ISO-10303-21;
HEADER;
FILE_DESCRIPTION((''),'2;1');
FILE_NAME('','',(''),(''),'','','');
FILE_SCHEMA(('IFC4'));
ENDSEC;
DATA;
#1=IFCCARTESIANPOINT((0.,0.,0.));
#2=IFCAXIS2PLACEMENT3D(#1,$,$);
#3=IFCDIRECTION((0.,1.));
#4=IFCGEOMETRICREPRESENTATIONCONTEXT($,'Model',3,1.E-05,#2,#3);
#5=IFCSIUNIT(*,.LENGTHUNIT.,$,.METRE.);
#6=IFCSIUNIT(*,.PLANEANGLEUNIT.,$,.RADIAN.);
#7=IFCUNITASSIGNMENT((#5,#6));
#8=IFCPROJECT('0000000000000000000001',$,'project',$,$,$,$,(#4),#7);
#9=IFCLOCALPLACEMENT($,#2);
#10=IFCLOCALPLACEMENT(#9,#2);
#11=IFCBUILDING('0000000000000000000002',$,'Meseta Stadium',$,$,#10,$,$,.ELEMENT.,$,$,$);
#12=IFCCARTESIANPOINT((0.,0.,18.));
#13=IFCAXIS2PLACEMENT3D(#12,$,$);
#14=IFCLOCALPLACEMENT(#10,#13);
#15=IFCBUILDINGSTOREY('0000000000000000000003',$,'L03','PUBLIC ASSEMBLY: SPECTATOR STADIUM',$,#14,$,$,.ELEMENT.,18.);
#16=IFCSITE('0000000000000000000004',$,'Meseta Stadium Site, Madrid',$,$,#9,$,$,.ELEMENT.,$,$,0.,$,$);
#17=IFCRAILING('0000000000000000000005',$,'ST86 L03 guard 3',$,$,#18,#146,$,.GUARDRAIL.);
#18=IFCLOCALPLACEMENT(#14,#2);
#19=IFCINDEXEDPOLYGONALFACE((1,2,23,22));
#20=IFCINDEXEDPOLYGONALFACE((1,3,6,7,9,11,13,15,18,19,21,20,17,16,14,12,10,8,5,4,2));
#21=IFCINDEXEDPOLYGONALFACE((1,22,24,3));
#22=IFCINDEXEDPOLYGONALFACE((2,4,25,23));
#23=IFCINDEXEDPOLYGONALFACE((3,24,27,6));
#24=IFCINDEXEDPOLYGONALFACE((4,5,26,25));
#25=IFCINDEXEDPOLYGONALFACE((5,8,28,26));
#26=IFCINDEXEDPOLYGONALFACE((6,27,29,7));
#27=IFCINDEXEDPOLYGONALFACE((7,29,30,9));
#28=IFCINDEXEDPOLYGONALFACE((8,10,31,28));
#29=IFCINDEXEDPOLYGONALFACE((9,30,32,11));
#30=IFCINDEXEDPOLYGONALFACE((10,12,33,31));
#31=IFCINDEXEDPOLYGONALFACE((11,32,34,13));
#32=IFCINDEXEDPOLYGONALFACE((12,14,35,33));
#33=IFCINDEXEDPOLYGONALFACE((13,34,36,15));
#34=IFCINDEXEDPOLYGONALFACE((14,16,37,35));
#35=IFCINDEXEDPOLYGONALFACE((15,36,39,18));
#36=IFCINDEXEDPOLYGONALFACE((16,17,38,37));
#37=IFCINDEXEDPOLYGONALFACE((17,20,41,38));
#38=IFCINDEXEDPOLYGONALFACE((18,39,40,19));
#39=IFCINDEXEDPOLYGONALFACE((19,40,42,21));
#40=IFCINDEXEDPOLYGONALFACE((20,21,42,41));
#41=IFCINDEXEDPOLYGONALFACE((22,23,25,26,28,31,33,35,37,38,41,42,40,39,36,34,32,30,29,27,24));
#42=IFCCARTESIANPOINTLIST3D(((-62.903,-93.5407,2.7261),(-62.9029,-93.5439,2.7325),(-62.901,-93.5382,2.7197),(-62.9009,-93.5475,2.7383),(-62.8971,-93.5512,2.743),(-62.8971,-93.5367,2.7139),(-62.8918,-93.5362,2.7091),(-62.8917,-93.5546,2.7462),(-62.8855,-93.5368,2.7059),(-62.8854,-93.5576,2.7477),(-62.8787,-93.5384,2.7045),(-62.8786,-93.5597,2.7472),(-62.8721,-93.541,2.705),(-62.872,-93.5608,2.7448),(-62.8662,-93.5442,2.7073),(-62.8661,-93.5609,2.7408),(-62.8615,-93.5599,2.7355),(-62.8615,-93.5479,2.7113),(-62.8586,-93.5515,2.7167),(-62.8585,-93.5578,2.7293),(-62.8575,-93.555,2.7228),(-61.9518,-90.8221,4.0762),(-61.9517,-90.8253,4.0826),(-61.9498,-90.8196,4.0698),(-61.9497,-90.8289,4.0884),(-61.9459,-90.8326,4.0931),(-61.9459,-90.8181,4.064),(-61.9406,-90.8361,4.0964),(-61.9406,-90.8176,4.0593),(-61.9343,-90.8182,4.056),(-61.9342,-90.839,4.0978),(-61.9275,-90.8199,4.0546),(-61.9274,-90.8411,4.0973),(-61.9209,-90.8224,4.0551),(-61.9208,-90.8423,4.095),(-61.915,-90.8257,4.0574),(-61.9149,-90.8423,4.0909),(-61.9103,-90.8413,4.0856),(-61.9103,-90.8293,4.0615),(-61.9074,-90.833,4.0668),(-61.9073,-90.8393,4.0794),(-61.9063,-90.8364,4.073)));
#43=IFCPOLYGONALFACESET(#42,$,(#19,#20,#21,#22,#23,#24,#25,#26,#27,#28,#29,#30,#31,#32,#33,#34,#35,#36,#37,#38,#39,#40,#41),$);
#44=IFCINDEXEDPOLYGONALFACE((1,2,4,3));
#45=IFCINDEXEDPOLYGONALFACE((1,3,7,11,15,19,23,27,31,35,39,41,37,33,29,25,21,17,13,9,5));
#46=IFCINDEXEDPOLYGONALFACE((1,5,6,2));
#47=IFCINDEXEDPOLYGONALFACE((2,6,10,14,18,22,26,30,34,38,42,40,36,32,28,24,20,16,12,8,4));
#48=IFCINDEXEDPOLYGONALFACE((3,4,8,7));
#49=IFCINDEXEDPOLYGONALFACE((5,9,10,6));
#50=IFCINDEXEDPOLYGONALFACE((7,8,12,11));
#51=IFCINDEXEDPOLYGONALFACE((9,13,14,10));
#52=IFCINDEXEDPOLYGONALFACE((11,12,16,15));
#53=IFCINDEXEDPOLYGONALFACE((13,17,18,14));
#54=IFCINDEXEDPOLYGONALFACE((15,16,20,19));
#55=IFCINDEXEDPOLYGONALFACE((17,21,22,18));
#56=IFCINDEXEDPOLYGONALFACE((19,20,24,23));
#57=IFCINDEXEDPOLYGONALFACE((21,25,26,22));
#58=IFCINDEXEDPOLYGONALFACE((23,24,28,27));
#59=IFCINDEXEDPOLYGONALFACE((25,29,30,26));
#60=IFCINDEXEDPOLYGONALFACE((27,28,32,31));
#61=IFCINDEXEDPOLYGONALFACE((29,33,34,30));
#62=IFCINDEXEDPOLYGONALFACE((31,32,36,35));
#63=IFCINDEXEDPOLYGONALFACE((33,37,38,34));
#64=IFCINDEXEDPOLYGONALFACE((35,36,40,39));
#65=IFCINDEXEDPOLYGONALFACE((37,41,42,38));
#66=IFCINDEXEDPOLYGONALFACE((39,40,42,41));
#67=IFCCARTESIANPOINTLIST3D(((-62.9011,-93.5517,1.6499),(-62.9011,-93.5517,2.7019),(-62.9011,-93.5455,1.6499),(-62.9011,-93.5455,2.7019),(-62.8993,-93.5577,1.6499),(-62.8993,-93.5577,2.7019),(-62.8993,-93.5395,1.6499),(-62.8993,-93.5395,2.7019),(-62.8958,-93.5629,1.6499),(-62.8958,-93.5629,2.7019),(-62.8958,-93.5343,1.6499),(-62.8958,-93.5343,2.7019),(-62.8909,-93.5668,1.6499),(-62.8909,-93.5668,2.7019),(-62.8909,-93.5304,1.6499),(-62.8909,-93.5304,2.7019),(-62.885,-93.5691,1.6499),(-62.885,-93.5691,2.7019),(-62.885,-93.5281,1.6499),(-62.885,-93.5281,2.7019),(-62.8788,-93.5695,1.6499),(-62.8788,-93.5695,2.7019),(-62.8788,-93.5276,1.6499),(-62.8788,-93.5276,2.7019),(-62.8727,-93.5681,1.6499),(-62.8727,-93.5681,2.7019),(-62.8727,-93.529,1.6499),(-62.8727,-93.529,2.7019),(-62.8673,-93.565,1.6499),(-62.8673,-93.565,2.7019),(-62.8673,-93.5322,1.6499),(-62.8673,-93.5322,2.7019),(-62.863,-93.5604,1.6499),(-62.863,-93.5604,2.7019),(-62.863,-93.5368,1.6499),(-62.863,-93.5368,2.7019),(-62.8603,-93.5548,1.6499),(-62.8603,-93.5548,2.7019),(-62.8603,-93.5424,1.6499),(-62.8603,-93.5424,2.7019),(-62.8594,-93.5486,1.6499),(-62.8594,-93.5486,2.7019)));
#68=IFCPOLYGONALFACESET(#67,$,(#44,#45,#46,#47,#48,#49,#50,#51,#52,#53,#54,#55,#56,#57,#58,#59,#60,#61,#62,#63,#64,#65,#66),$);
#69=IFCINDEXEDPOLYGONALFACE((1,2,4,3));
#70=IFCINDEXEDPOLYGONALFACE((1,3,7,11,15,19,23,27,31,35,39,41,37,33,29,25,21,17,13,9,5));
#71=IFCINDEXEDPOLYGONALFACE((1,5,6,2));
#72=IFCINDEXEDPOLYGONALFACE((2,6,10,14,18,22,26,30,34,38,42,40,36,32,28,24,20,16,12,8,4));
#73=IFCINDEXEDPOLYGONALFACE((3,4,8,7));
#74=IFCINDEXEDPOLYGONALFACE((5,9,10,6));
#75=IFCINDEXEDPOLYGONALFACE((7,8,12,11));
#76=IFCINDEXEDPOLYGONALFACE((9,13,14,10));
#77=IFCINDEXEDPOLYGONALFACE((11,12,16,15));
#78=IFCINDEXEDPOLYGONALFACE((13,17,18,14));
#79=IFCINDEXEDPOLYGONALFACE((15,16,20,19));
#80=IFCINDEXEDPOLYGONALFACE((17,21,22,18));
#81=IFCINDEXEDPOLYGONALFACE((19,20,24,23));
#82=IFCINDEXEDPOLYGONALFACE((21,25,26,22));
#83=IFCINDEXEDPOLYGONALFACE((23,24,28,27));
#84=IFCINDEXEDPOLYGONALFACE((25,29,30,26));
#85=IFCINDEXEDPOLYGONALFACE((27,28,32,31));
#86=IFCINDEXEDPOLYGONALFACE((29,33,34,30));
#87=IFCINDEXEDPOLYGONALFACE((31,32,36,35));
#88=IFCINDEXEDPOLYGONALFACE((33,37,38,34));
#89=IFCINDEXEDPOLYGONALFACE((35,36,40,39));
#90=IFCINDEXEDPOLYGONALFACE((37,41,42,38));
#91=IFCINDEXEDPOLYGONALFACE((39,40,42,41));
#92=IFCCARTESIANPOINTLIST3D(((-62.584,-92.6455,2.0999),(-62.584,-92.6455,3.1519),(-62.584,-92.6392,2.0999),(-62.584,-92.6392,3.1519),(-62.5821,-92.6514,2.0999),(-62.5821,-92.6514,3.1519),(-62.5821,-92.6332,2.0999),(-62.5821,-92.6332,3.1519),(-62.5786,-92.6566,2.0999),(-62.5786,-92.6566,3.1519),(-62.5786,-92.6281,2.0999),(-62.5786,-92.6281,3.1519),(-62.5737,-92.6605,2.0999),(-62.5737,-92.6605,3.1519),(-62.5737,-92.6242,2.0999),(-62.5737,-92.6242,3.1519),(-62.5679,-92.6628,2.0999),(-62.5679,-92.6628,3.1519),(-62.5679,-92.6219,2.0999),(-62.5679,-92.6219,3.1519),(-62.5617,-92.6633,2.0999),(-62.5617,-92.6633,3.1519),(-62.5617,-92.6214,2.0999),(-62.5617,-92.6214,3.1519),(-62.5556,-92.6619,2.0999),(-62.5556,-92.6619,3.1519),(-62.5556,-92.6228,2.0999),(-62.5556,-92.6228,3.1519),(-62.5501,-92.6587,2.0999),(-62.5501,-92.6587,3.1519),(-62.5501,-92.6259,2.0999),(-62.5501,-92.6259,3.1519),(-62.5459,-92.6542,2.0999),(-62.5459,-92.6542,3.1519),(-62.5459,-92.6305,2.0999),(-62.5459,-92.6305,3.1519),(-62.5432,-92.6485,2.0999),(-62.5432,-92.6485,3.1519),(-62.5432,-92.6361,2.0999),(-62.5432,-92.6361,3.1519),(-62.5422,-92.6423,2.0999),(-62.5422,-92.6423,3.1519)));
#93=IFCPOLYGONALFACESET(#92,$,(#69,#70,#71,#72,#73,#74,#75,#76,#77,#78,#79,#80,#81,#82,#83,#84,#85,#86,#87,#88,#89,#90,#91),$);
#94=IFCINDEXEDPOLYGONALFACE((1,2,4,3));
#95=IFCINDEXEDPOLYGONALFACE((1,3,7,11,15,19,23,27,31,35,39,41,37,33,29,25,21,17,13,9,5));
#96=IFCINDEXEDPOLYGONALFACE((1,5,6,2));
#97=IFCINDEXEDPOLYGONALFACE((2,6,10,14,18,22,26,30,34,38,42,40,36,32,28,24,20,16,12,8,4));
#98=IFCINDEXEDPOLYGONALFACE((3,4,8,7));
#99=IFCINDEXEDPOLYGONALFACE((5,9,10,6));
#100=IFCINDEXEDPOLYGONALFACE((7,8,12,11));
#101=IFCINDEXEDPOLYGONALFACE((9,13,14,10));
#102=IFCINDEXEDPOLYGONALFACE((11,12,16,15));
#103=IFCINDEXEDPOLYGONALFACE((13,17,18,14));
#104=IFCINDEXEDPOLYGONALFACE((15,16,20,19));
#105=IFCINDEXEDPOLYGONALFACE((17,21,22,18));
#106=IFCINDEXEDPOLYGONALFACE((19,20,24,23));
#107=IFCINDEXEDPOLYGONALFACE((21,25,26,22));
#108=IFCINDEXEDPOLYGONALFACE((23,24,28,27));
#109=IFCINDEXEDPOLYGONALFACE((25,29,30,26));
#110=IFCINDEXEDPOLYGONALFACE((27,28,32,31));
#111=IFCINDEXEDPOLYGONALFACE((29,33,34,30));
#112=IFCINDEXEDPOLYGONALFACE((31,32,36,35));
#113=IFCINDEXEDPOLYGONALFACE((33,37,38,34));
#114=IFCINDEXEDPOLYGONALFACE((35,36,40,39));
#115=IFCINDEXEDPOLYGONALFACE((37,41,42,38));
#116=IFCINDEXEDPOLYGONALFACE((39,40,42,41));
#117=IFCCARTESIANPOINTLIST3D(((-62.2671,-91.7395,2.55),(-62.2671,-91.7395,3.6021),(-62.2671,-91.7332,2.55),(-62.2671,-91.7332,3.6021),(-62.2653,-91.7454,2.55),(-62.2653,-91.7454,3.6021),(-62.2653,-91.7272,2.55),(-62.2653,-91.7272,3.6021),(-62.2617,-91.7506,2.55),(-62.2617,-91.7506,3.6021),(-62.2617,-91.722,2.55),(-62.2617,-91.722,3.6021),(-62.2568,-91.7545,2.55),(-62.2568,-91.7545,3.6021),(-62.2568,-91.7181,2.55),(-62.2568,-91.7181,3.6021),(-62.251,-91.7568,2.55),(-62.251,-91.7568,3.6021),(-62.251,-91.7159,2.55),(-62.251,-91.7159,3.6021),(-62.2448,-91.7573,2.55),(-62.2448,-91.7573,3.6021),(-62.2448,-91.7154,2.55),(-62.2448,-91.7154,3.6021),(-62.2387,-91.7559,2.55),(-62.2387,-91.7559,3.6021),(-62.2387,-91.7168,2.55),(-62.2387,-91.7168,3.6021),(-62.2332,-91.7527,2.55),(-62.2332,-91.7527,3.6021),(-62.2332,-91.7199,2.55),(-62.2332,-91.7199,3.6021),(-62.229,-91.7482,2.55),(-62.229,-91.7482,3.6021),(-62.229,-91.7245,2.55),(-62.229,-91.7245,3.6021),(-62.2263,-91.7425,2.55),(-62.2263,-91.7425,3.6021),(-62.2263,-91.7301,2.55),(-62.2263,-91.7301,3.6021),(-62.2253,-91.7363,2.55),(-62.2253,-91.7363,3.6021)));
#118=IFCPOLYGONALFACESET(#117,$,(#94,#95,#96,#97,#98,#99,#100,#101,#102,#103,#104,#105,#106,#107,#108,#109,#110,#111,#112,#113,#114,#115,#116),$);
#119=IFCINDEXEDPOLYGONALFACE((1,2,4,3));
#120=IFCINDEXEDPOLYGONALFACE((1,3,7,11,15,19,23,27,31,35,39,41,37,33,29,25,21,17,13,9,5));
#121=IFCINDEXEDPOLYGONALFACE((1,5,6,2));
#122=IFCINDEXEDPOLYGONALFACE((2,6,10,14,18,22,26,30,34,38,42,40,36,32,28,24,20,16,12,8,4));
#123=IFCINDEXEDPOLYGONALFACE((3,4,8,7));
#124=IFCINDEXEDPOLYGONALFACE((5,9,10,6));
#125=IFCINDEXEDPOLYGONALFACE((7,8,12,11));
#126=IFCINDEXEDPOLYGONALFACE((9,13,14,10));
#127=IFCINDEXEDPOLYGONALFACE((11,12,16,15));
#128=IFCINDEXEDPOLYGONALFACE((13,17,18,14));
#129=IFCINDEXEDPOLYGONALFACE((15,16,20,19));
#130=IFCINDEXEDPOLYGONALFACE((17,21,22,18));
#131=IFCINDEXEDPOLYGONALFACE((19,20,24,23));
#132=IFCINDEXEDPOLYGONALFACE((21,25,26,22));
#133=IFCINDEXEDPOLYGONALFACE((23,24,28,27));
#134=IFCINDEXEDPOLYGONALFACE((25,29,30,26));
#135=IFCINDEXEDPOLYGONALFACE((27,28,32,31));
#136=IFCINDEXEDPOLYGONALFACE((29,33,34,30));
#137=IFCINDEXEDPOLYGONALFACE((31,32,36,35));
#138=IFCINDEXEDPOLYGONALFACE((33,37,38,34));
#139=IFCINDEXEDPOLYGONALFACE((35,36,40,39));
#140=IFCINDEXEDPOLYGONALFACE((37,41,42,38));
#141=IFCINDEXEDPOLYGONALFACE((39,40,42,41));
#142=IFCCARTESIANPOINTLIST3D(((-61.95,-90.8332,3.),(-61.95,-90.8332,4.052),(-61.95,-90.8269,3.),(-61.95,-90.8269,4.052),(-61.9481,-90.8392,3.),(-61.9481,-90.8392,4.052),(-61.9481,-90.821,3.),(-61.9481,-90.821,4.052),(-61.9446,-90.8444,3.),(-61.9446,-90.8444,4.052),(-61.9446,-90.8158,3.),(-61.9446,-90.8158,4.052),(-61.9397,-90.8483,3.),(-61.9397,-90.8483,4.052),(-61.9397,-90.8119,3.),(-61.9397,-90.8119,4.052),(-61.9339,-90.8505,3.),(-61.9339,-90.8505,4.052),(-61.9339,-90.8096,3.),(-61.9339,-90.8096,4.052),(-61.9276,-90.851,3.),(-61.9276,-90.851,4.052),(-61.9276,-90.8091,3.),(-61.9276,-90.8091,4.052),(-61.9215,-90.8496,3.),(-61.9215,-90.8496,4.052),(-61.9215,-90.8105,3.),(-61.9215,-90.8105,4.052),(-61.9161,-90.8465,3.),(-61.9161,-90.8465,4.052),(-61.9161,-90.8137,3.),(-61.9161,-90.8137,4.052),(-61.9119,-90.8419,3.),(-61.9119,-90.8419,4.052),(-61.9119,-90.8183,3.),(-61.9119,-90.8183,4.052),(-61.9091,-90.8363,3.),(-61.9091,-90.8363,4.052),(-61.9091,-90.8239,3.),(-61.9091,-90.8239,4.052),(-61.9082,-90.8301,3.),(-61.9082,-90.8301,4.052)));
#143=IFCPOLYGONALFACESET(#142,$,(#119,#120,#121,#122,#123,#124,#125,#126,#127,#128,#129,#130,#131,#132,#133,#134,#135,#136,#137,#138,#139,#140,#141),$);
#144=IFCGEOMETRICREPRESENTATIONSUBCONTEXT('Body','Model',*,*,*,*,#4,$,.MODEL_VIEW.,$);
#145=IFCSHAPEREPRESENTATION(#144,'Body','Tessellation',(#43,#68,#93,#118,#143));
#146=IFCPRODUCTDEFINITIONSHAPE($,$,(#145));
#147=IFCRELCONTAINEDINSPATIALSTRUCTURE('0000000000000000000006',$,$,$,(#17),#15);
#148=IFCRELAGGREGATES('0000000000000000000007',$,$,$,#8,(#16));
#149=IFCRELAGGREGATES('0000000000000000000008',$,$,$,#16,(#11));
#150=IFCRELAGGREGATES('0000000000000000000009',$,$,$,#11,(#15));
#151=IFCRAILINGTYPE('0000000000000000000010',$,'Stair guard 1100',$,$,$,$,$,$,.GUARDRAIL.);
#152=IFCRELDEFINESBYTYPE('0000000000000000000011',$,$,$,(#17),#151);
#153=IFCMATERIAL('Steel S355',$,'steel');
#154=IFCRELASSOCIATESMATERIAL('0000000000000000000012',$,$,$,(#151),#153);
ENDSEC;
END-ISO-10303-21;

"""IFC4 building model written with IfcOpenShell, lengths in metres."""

from ifc_helpers import new_model, si_unit, direction, frame, origin, origin_2d, place, context, subcontext, project, spatial, circle, extrude, material, type_object, element, save


model = new_model("IFC4")

# Units and contexts
model_context = context("Model", 3, precision=1e-05, world=origin(), true_north=direction((0.0, 1.0)))
body_context = subcontext(model_context, "Body", "Model", "MODEL_VIEW")
ifc_project = project(units=[si_unit("LENGTHUNIT", "METRE"), si_unit("PLANEANGLEUNIT", "RADIAN")], contexts=[model_context])

# Site, building, storey
site_placement = place(None, origin())
site = spatial("IfcSite", under=ifc_project, at=site_placement, Name="Meseta Stadium Site, Madrid", CompositionType="ELEMENT", RefElevation=0.0)
building_placement = place(site_placement, origin())
building = spatial("IfcBuilding", under=site, at=building_placement, Name="Meseta Stadium", CompositionType="ELEMENT")
storey_placement = place(building_placement, frame((0.0, 0.0, 18.0)))
storey = spatial("IfcBuildingStorey", under=building, at=storey_placement, Name="L03", Description="PUBLIC ASSEMBLY: SPECTATOR STADIUM", CompositionType="ELEMENT", Elevation=18.0)

# Railing
ifc_material_1 = material(Name="Steel S355", Category="steel")
railing_type_1 = type_object("IfcRailingType", Name="Stair guard 1100", PredefinedType="GUARDRAIL", material=ifc_material_1)
railing_1_placement = place(storey_placement, frame((-62.8804, -93.5486, 1.6499)))
element("IfcRailing", 1, at=railing_1_placement, inside=storey, type_object=railing_type_1, Name="ST86 L03 guard 3", PredefinedType="GUARDRAIL", context=body_context, shape_type="SweptSolid", body=[
    extrude(circle(Radius=0.0239, at=origin_2d()), frame((0.0, 0.0, 1.0762), z_axis=(0.299031, 0.854649, 0.424446), x_axis=(-0.943891, 0.330256, 0.0)), (0.0, 0.0, 1.0), 3.1809),
    extrude(circle(Radius=0.021, at=origin_2d()), origin(), (0.0, 0.0, 1.0), 1.052),
    extrude(circle(Radius=0.021, at=origin_2d()), frame((0.3171, 0.9062, 0.45)), (0.0, 0.0, 1.0), 1.052),
    extrude(circle(Radius=0.021, at=origin_2d()), frame((0.634, 1.8123, 0.9001)), (0.0, 0.0, 1.0), 1.052),
    extrude(circle(Radius=0.021, at=origin_2d()), frame((0.9512, 2.7185, 1.3501)), (0.0, 0.0, 1.0), 1.052),
])

save(model, "model.ifc")
